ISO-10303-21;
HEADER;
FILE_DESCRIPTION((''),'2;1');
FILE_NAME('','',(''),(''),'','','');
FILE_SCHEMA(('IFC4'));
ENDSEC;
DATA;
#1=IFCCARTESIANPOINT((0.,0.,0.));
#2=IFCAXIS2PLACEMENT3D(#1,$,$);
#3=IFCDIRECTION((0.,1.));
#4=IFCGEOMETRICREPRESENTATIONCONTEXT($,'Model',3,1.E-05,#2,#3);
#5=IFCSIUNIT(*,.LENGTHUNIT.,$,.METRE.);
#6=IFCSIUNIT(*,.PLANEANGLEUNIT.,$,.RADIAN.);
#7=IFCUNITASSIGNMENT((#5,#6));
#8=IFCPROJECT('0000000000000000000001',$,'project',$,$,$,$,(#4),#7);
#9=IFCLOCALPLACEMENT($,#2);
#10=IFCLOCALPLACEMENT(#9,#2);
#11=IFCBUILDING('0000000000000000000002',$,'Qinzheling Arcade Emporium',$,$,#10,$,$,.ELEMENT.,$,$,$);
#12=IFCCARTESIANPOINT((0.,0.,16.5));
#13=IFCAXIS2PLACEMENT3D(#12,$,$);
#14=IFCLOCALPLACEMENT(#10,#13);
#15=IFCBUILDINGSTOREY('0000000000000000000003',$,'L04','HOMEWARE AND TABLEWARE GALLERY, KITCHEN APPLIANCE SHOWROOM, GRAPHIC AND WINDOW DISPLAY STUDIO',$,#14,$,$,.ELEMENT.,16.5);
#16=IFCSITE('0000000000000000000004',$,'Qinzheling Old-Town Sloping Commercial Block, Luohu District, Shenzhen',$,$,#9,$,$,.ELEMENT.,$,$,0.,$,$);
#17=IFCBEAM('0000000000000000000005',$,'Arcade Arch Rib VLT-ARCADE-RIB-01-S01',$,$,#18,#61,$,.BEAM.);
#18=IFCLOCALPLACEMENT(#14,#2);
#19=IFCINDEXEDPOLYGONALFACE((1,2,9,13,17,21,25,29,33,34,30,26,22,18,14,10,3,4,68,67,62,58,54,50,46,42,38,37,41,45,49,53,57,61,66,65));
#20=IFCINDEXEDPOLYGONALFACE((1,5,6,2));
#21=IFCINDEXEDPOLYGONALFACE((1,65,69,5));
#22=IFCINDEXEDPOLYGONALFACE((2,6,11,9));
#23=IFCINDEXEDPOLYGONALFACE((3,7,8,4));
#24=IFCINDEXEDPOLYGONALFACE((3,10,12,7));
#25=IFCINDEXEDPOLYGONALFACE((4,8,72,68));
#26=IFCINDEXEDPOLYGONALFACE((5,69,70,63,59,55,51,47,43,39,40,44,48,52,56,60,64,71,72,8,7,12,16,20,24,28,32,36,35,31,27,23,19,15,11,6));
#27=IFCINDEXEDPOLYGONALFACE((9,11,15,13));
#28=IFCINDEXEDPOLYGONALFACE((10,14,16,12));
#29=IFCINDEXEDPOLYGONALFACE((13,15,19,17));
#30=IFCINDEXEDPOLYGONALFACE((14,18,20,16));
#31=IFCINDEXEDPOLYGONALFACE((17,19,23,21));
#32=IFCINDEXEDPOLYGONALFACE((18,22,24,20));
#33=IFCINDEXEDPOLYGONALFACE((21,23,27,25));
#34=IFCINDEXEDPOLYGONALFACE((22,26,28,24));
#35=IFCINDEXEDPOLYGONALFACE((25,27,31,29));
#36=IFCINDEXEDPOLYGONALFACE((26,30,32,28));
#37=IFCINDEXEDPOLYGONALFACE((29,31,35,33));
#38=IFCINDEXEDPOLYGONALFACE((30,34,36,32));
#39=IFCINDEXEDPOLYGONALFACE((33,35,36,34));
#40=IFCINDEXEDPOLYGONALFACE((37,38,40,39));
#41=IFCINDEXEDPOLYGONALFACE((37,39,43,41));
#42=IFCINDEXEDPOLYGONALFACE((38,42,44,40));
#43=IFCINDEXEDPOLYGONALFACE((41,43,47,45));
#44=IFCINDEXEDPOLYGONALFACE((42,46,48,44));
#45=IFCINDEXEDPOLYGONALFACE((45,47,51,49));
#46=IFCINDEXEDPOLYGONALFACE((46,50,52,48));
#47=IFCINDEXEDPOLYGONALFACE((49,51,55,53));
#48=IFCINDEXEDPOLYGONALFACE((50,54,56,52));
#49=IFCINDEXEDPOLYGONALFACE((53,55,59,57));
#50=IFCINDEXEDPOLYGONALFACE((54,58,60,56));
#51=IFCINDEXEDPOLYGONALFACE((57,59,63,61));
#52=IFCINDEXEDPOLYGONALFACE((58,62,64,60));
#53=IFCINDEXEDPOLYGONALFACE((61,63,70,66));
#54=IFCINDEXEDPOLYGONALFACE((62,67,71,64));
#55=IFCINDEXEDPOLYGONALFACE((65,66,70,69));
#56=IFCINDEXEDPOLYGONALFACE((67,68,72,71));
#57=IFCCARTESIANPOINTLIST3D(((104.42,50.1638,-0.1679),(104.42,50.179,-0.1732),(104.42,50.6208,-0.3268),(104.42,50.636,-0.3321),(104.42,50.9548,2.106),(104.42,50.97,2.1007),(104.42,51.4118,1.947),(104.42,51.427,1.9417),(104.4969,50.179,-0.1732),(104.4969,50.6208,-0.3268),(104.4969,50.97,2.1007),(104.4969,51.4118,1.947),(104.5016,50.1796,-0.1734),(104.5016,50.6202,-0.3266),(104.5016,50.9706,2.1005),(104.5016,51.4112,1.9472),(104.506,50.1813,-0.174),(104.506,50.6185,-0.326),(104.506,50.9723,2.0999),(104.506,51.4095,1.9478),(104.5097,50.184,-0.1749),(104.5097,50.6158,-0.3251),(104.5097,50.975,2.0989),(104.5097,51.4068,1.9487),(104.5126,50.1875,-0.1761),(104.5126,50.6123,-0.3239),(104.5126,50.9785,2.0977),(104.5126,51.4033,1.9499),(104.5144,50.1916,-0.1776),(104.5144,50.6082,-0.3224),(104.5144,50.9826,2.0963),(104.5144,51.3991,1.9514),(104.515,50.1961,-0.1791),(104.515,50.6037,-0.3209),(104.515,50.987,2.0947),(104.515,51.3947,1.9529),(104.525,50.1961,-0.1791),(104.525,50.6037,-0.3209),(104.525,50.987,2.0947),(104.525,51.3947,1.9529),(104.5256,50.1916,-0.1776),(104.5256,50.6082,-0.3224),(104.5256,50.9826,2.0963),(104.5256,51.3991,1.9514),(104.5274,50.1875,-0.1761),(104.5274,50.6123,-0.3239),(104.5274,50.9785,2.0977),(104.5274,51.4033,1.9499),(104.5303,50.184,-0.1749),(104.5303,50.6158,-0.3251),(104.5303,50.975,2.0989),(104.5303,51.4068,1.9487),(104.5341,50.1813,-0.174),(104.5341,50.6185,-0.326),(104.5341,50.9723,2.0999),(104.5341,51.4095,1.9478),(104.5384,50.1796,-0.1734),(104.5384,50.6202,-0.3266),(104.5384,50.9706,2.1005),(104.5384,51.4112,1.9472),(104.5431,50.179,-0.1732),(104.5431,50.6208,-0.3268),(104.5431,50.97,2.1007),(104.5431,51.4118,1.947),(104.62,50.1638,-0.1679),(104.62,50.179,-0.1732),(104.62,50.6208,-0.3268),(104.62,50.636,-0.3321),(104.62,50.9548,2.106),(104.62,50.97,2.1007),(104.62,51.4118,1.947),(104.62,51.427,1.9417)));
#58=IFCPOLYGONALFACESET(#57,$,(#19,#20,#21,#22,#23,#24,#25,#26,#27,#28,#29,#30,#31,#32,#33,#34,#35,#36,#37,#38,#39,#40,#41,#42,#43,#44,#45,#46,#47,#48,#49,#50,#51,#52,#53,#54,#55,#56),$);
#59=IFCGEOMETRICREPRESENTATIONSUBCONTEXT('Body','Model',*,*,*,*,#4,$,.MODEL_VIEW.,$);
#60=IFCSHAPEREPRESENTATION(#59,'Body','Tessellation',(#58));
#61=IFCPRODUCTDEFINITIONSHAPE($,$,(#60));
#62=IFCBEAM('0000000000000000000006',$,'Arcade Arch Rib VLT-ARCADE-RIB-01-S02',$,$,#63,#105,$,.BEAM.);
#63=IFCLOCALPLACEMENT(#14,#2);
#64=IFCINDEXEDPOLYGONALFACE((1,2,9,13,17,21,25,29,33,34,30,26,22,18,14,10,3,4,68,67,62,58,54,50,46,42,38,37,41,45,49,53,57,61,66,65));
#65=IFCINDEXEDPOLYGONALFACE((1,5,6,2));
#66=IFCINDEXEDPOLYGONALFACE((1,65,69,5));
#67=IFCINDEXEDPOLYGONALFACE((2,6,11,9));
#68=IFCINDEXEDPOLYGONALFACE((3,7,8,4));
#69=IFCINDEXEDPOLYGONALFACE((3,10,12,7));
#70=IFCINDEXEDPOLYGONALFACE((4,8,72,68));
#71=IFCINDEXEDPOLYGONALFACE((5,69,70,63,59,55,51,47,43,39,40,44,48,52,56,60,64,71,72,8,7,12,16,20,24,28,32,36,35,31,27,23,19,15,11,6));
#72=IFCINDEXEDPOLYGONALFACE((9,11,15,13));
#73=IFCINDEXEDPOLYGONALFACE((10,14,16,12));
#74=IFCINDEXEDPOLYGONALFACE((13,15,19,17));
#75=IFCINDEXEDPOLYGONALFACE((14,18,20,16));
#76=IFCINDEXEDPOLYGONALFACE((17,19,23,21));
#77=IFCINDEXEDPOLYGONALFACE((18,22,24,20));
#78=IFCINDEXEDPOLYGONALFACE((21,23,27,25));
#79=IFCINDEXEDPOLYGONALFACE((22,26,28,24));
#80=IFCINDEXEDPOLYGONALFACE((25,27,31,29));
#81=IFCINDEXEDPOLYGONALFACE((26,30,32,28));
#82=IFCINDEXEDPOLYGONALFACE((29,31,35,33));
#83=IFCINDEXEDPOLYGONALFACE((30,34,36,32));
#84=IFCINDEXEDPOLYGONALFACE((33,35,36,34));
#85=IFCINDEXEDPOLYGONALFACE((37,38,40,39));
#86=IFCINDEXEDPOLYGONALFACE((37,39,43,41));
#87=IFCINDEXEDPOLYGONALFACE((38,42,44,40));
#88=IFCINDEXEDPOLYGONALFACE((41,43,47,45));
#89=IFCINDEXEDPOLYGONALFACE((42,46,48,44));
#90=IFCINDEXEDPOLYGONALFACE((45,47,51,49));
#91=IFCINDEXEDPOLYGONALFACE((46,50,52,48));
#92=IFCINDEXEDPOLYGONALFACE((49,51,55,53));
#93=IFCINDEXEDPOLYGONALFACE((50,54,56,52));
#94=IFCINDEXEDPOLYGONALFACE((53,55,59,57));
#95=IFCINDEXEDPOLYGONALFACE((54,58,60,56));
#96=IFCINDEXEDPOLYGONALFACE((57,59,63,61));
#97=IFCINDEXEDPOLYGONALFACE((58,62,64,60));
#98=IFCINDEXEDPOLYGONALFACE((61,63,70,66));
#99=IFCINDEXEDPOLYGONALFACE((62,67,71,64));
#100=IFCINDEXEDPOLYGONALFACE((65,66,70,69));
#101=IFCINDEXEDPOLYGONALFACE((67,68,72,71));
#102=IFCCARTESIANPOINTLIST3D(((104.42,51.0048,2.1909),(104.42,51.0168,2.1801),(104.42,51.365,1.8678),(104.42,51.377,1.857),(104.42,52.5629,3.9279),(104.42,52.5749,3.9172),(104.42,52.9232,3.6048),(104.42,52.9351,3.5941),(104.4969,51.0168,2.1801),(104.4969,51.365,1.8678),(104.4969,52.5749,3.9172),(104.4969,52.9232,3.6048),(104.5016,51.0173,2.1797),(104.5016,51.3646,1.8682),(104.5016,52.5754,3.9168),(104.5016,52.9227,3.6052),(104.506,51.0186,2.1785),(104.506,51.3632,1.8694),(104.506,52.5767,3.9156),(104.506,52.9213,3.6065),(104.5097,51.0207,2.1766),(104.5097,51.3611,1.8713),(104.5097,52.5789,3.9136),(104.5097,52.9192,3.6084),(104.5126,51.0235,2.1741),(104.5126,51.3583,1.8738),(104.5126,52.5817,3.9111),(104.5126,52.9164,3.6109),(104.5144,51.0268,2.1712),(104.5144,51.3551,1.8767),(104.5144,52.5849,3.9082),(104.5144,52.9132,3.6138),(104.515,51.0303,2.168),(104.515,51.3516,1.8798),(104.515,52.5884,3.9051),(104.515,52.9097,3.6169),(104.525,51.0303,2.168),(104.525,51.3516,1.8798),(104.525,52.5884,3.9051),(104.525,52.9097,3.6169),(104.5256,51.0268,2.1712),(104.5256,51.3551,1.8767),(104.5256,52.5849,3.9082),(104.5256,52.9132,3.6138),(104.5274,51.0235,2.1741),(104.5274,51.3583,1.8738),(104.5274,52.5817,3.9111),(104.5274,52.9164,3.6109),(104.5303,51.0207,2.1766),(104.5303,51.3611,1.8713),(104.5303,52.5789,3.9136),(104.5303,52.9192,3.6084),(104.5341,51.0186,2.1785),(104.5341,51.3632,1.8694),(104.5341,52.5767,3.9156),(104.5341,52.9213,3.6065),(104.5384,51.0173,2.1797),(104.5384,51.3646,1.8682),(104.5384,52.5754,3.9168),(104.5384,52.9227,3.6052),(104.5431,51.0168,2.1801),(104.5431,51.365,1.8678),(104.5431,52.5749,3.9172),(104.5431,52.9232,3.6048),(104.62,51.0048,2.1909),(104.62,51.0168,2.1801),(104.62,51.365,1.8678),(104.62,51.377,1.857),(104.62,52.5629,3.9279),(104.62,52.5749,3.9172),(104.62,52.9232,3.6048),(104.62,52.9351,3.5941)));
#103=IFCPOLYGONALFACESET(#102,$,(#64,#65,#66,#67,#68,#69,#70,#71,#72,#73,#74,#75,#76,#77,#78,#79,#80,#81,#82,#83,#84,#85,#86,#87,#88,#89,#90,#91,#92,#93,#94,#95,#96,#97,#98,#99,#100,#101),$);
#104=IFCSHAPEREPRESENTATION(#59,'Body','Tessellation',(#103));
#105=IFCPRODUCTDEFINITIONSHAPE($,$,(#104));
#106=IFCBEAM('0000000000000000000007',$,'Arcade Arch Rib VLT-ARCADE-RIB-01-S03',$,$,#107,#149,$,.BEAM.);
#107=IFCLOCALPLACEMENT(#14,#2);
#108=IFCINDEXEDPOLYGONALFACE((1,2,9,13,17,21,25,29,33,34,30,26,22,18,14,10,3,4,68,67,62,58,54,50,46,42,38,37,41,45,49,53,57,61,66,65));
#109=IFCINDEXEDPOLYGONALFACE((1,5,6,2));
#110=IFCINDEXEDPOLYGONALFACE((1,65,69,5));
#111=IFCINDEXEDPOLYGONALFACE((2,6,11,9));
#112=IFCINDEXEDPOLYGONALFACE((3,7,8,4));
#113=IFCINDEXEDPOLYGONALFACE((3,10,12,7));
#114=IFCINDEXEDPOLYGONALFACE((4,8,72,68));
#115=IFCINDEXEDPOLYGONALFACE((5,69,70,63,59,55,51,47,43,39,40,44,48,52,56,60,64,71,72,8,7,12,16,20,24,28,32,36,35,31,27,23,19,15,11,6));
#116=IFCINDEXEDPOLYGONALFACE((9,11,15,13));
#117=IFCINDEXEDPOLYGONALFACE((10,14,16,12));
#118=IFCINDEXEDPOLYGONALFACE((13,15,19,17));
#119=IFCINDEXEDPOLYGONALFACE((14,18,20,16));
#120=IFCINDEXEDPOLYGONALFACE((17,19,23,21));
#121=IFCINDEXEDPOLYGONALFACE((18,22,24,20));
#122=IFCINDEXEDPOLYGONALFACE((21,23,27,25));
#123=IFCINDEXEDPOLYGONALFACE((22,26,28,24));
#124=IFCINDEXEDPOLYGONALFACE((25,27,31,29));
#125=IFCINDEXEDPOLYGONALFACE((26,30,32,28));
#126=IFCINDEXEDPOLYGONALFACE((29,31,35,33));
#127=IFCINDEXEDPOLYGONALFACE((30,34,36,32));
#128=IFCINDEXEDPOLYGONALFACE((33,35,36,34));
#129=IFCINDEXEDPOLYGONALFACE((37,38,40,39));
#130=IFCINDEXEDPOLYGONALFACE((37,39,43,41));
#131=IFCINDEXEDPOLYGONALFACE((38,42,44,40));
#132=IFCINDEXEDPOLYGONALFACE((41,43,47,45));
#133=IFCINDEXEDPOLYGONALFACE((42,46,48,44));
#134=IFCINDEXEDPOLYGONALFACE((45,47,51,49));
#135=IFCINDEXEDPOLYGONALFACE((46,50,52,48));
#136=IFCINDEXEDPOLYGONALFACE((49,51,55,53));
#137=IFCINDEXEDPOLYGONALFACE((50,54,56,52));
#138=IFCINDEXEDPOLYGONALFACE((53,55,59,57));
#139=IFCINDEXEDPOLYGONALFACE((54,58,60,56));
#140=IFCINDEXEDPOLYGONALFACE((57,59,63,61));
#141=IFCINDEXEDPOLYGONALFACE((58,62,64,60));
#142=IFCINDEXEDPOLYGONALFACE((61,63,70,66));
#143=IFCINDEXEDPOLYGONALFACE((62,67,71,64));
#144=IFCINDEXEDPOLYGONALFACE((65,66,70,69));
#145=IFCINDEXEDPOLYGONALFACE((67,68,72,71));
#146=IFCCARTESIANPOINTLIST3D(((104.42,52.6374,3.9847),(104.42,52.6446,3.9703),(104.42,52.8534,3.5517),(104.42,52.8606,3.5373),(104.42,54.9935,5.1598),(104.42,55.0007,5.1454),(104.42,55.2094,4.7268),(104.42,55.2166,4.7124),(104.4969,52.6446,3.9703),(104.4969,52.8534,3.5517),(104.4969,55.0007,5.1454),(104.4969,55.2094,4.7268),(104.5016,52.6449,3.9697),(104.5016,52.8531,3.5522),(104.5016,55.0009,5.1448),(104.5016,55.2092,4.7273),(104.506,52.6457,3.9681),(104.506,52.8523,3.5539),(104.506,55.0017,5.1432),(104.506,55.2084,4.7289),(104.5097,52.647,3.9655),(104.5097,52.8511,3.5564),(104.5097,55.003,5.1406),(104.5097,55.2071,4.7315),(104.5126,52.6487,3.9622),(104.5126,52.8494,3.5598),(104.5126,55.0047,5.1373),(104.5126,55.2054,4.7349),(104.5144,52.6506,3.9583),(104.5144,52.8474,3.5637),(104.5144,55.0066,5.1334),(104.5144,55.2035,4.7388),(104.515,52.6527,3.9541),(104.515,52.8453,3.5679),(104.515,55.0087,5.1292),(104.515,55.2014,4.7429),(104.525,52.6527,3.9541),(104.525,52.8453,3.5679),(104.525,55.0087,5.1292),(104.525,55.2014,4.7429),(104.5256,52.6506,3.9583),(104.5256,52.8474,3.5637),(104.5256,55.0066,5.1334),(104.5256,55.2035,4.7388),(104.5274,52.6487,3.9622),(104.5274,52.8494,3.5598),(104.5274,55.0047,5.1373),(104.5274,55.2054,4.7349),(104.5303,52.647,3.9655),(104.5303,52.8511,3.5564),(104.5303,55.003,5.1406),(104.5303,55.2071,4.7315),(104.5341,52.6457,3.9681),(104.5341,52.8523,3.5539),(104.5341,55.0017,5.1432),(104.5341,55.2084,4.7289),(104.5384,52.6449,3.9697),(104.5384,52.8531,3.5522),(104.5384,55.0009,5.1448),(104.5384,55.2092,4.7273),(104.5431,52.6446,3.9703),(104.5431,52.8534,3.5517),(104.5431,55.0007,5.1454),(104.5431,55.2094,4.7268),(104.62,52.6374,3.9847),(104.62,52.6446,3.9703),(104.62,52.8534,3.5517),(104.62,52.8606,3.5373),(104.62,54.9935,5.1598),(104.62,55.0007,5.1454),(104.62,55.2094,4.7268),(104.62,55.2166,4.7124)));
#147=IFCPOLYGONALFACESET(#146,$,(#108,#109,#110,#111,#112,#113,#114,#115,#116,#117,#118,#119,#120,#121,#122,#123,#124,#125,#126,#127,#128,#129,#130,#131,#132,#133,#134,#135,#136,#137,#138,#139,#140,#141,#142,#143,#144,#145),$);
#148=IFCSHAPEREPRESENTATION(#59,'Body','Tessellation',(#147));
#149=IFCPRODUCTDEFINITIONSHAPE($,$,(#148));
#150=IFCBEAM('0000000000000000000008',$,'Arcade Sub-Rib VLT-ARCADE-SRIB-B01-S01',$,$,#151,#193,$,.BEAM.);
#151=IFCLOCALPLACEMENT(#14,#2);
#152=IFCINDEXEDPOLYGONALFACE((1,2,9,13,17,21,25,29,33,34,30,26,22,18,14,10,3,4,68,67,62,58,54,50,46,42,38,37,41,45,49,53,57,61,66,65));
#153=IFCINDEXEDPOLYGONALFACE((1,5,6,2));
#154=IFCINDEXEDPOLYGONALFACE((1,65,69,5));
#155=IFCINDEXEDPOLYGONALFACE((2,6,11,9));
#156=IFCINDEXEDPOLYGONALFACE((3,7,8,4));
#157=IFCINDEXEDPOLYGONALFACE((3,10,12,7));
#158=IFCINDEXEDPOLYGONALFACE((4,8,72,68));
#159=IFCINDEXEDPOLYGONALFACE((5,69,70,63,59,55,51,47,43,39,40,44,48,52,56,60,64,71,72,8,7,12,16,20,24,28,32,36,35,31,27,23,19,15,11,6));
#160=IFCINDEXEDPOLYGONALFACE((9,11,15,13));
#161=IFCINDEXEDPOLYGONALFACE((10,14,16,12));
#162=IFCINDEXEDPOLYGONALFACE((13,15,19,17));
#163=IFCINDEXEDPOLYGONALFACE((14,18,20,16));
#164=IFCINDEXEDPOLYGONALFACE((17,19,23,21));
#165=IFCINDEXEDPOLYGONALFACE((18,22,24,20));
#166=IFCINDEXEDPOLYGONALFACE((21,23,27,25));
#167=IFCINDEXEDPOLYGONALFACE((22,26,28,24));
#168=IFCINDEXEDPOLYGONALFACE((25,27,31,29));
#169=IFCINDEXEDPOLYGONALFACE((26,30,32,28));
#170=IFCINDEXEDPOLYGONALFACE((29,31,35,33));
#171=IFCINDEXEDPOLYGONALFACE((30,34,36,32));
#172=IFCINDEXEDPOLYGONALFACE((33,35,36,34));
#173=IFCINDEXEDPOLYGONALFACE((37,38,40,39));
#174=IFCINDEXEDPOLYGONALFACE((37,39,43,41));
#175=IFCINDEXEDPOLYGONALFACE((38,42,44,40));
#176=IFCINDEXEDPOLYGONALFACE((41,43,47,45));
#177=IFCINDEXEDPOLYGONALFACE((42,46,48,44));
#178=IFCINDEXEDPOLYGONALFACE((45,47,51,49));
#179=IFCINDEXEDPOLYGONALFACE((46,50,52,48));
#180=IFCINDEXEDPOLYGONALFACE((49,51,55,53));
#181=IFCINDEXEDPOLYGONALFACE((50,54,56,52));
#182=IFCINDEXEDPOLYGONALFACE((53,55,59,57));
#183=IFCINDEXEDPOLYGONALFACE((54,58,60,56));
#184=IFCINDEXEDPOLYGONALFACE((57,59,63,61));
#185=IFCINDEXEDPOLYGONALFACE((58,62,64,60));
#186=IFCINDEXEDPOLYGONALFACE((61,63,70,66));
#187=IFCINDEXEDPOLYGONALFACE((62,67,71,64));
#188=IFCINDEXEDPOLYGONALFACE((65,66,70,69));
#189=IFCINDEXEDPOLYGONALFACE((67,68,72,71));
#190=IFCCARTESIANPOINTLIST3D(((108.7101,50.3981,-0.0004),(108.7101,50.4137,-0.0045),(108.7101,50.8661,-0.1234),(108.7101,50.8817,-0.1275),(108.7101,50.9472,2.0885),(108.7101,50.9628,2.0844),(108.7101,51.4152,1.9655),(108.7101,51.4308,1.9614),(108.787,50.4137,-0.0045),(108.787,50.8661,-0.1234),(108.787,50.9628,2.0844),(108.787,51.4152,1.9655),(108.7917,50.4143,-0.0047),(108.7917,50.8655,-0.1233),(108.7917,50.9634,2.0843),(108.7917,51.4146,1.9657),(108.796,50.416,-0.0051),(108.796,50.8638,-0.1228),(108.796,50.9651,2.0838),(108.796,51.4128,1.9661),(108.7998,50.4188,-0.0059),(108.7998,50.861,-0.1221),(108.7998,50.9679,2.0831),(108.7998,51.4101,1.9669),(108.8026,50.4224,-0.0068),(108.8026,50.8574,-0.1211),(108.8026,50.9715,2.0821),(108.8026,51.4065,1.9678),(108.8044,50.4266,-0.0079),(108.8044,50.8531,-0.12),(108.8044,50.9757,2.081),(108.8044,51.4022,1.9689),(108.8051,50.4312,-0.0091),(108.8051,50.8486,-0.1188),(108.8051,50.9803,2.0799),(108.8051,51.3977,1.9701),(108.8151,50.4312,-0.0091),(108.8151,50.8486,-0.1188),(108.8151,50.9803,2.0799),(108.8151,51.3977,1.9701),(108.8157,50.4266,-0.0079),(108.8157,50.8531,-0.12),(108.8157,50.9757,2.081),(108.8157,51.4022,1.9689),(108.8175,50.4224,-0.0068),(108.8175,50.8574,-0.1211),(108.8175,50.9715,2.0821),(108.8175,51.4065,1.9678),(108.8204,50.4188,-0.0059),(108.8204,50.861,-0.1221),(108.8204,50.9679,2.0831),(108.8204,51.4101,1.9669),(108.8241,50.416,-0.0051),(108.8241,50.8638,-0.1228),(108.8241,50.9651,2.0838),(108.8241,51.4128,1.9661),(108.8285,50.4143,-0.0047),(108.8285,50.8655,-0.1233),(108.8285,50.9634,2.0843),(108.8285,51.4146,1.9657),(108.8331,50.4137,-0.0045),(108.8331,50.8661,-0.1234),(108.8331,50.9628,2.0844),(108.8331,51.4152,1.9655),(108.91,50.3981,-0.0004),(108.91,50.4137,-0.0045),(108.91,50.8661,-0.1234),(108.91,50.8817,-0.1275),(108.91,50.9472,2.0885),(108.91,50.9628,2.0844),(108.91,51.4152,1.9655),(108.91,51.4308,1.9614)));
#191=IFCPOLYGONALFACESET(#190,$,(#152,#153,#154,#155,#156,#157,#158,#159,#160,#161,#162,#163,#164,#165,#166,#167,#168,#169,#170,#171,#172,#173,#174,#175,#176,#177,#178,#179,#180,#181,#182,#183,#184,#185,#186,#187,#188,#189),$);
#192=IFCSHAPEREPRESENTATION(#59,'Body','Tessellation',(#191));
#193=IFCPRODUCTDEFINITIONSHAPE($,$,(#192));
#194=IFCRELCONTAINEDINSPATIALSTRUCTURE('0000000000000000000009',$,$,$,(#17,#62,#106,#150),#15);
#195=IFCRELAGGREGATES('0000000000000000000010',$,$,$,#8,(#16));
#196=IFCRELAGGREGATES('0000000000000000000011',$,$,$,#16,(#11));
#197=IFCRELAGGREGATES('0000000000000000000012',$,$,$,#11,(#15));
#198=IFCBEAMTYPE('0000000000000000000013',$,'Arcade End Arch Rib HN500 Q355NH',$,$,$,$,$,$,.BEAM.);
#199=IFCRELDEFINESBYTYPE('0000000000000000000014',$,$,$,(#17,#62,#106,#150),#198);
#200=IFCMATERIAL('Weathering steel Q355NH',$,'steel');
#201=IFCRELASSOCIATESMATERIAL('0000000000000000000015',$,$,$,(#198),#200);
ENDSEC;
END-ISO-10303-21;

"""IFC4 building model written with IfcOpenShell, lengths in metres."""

from ifc_helpers import new_model, si_unit, direction, frame, origin, origin_2d, place, context, subcontext, project, spatial, i_section, extrude, material, material_profile, profile_set, type_object, element, save


model = new_model("IFC4")

# Units and contexts
model_context = context("Model", 3, precision=1e-05, world=origin(), true_north=direction((0.0, 1.0)))
body_context = subcontext(model_context, "Body", "Model", "MODEL_VIEW")
ifc_project = project(units=[si_unit("LENGTHUNIT", "METRE"), si_unit("PLANEANGLEUNIT", "RADIAN")], contexts=[model_context])

# Site, building, storey
site_placement = place(None, origin())
site = spatial("IfcSite", under=ifc_project, at=site_placement, Name="Qinzheling Old-Town Sloping Commercial Block, Luohu District, Shenzhen", CompositionType="ELEMENT", RefElevation=0.0)
building_placement = place(site_placement, origin())
building = spatial("IfcBuilding", under=site, at=building_placement, Name="Qinzheling Arcade Emporium", CompositionType="ELEMENT")
storey_placement = place(building_placement, frame((0.0, 0.0, 16.5)))
storey = spatial("IfcBuildingStorey", under=building, at=storey_placement, Name="L04", Description="HOMEWARE AND TABLEWARE GALLERY, KITCHEN APPLIANCE SHOWROOM, GRAPHIC AND WINDOW DISPLAY STUDIO", CompositionType="ELEMENT", Elevation=16.5)

# Beams
ifc_material_1 = material(Name="Weathering steel Q355NH", Category="steel")
ifc_material_profile_1 = material_profile(ifc_material_1, i_section(OverallWidth=0.2, OverallDepth=0.5, WebThickness=0.01, FlangeThickness=0.0161, FilletRadius=0.0181, at=origin_2d()), Name="HN 500x200x10x16", Category="steel")
ifc_profile_set_1 = profile_set([ifc_material_profile_1], Name="Weathering steel Q355NH")
beam_type_1 = type_object("IfcBeamType", Name="Arcade End Arch Rib HN500 Q355NH", PredefinedType="BEAM", material=ifc_profile_set_1)
beam_1_placement = place(storey_placement, frame((104.52, 50.3999, -0.25), z_axis=(0.0, 0.328552, 0.944486), x_axis=(-1.0, 0.0, 0.0)))
element("IfcBeam", 1, at=beam_1_placement, inside=storey, type_object=beam_type_1, Name="Arcade Arch Rib VLT-ARCADE-RIB-01-S01", PredefinedType="BEAM", context=body_context, shape_type="SweptSolid", body=[
    extrude(i_section(OverallWidth=0.2, OverallDepth=0.5, WebThickness=0.01, FlangeThickness=0.0161, FilletRadius=0.0181, at=origin_2d()), origin(), (0.0, 0.0, 1.0), 2.4075),
])
beam_2_placement = place(storey_placement, frame((104.52, 51.1909, 2.0239), z_axis=(0.0, 0.667721, 0.744412), x_axis=(-1.0, 0.0, 0.0)))
element("IfcBeam", 2, at=beam_2_placement, inside=storey, type_object=beam_type_1, Name="Arcade Arch Rib VLT-ARCADE-RIB-01-S02", PredefinedType="BEAM", context=body_context, shape_type="SweptSolid", body=[
    extrude(i_section(OverallWidth=0.2, OverallDepth=0.5, WebThickness=0.01, FlangeThickness=0.0161, FilletRadius=0.0181, at=origin_2d()), origin(), (0.0, 0.0, 1.0), 2.3335),
])
beam_3_placement = place(storey_placement, frame((104.52, 52.749, 3.761), z_axis=(0.0, 0.894872, 0.446323), x_axis=(-1.0, 0.0, 0.0)))
element("IfcBeam", 3, at=beam_3_placement, inside=storey, type_object=beam_type_1, Name="Arcade Arch Rib VLT-ARCADE-RIB-01-S03", PredefinedType="BEAM", context=body_context, shape_type="SweptSolid", body=[
    extrude(i_section(OverallWidth=0.2, OverallDepth=0.5, WebThickness=0.01, FlangeThickness=0.0161, FilletRadius=0.0181, at=origin_2d()), origin(), (0.0, 0.0, 1.0), 2.6328),
])
beam_4_placement = place(storey_placement, frame((108.8101, 50.6399, -0.064), z_axis=(0.0, 0.254221, 0.967146), x_axis=(-1.0, 0.0, 0.0)))
element("IfcBeam", 4, at=beam_4_placement, inside=storey, type_object=beam_type_1, Name="Arcade Sub-Rib VLT-ARCADE-SRIB-B01-S01", PredefinedType="BEAM", context=body_context, shape_type="SweptSolid", body=[
    extrude(i_section(OverallWidth=0.2, OverallDepth=0.5, WebThickness=0.01, FlangeThickness=0.0161, FilletRadius=0.0181, at=origin_2d()), origin(), (0.0, 0.0, 1.0), 2.1599),
])

save(model, "model.ifc")
